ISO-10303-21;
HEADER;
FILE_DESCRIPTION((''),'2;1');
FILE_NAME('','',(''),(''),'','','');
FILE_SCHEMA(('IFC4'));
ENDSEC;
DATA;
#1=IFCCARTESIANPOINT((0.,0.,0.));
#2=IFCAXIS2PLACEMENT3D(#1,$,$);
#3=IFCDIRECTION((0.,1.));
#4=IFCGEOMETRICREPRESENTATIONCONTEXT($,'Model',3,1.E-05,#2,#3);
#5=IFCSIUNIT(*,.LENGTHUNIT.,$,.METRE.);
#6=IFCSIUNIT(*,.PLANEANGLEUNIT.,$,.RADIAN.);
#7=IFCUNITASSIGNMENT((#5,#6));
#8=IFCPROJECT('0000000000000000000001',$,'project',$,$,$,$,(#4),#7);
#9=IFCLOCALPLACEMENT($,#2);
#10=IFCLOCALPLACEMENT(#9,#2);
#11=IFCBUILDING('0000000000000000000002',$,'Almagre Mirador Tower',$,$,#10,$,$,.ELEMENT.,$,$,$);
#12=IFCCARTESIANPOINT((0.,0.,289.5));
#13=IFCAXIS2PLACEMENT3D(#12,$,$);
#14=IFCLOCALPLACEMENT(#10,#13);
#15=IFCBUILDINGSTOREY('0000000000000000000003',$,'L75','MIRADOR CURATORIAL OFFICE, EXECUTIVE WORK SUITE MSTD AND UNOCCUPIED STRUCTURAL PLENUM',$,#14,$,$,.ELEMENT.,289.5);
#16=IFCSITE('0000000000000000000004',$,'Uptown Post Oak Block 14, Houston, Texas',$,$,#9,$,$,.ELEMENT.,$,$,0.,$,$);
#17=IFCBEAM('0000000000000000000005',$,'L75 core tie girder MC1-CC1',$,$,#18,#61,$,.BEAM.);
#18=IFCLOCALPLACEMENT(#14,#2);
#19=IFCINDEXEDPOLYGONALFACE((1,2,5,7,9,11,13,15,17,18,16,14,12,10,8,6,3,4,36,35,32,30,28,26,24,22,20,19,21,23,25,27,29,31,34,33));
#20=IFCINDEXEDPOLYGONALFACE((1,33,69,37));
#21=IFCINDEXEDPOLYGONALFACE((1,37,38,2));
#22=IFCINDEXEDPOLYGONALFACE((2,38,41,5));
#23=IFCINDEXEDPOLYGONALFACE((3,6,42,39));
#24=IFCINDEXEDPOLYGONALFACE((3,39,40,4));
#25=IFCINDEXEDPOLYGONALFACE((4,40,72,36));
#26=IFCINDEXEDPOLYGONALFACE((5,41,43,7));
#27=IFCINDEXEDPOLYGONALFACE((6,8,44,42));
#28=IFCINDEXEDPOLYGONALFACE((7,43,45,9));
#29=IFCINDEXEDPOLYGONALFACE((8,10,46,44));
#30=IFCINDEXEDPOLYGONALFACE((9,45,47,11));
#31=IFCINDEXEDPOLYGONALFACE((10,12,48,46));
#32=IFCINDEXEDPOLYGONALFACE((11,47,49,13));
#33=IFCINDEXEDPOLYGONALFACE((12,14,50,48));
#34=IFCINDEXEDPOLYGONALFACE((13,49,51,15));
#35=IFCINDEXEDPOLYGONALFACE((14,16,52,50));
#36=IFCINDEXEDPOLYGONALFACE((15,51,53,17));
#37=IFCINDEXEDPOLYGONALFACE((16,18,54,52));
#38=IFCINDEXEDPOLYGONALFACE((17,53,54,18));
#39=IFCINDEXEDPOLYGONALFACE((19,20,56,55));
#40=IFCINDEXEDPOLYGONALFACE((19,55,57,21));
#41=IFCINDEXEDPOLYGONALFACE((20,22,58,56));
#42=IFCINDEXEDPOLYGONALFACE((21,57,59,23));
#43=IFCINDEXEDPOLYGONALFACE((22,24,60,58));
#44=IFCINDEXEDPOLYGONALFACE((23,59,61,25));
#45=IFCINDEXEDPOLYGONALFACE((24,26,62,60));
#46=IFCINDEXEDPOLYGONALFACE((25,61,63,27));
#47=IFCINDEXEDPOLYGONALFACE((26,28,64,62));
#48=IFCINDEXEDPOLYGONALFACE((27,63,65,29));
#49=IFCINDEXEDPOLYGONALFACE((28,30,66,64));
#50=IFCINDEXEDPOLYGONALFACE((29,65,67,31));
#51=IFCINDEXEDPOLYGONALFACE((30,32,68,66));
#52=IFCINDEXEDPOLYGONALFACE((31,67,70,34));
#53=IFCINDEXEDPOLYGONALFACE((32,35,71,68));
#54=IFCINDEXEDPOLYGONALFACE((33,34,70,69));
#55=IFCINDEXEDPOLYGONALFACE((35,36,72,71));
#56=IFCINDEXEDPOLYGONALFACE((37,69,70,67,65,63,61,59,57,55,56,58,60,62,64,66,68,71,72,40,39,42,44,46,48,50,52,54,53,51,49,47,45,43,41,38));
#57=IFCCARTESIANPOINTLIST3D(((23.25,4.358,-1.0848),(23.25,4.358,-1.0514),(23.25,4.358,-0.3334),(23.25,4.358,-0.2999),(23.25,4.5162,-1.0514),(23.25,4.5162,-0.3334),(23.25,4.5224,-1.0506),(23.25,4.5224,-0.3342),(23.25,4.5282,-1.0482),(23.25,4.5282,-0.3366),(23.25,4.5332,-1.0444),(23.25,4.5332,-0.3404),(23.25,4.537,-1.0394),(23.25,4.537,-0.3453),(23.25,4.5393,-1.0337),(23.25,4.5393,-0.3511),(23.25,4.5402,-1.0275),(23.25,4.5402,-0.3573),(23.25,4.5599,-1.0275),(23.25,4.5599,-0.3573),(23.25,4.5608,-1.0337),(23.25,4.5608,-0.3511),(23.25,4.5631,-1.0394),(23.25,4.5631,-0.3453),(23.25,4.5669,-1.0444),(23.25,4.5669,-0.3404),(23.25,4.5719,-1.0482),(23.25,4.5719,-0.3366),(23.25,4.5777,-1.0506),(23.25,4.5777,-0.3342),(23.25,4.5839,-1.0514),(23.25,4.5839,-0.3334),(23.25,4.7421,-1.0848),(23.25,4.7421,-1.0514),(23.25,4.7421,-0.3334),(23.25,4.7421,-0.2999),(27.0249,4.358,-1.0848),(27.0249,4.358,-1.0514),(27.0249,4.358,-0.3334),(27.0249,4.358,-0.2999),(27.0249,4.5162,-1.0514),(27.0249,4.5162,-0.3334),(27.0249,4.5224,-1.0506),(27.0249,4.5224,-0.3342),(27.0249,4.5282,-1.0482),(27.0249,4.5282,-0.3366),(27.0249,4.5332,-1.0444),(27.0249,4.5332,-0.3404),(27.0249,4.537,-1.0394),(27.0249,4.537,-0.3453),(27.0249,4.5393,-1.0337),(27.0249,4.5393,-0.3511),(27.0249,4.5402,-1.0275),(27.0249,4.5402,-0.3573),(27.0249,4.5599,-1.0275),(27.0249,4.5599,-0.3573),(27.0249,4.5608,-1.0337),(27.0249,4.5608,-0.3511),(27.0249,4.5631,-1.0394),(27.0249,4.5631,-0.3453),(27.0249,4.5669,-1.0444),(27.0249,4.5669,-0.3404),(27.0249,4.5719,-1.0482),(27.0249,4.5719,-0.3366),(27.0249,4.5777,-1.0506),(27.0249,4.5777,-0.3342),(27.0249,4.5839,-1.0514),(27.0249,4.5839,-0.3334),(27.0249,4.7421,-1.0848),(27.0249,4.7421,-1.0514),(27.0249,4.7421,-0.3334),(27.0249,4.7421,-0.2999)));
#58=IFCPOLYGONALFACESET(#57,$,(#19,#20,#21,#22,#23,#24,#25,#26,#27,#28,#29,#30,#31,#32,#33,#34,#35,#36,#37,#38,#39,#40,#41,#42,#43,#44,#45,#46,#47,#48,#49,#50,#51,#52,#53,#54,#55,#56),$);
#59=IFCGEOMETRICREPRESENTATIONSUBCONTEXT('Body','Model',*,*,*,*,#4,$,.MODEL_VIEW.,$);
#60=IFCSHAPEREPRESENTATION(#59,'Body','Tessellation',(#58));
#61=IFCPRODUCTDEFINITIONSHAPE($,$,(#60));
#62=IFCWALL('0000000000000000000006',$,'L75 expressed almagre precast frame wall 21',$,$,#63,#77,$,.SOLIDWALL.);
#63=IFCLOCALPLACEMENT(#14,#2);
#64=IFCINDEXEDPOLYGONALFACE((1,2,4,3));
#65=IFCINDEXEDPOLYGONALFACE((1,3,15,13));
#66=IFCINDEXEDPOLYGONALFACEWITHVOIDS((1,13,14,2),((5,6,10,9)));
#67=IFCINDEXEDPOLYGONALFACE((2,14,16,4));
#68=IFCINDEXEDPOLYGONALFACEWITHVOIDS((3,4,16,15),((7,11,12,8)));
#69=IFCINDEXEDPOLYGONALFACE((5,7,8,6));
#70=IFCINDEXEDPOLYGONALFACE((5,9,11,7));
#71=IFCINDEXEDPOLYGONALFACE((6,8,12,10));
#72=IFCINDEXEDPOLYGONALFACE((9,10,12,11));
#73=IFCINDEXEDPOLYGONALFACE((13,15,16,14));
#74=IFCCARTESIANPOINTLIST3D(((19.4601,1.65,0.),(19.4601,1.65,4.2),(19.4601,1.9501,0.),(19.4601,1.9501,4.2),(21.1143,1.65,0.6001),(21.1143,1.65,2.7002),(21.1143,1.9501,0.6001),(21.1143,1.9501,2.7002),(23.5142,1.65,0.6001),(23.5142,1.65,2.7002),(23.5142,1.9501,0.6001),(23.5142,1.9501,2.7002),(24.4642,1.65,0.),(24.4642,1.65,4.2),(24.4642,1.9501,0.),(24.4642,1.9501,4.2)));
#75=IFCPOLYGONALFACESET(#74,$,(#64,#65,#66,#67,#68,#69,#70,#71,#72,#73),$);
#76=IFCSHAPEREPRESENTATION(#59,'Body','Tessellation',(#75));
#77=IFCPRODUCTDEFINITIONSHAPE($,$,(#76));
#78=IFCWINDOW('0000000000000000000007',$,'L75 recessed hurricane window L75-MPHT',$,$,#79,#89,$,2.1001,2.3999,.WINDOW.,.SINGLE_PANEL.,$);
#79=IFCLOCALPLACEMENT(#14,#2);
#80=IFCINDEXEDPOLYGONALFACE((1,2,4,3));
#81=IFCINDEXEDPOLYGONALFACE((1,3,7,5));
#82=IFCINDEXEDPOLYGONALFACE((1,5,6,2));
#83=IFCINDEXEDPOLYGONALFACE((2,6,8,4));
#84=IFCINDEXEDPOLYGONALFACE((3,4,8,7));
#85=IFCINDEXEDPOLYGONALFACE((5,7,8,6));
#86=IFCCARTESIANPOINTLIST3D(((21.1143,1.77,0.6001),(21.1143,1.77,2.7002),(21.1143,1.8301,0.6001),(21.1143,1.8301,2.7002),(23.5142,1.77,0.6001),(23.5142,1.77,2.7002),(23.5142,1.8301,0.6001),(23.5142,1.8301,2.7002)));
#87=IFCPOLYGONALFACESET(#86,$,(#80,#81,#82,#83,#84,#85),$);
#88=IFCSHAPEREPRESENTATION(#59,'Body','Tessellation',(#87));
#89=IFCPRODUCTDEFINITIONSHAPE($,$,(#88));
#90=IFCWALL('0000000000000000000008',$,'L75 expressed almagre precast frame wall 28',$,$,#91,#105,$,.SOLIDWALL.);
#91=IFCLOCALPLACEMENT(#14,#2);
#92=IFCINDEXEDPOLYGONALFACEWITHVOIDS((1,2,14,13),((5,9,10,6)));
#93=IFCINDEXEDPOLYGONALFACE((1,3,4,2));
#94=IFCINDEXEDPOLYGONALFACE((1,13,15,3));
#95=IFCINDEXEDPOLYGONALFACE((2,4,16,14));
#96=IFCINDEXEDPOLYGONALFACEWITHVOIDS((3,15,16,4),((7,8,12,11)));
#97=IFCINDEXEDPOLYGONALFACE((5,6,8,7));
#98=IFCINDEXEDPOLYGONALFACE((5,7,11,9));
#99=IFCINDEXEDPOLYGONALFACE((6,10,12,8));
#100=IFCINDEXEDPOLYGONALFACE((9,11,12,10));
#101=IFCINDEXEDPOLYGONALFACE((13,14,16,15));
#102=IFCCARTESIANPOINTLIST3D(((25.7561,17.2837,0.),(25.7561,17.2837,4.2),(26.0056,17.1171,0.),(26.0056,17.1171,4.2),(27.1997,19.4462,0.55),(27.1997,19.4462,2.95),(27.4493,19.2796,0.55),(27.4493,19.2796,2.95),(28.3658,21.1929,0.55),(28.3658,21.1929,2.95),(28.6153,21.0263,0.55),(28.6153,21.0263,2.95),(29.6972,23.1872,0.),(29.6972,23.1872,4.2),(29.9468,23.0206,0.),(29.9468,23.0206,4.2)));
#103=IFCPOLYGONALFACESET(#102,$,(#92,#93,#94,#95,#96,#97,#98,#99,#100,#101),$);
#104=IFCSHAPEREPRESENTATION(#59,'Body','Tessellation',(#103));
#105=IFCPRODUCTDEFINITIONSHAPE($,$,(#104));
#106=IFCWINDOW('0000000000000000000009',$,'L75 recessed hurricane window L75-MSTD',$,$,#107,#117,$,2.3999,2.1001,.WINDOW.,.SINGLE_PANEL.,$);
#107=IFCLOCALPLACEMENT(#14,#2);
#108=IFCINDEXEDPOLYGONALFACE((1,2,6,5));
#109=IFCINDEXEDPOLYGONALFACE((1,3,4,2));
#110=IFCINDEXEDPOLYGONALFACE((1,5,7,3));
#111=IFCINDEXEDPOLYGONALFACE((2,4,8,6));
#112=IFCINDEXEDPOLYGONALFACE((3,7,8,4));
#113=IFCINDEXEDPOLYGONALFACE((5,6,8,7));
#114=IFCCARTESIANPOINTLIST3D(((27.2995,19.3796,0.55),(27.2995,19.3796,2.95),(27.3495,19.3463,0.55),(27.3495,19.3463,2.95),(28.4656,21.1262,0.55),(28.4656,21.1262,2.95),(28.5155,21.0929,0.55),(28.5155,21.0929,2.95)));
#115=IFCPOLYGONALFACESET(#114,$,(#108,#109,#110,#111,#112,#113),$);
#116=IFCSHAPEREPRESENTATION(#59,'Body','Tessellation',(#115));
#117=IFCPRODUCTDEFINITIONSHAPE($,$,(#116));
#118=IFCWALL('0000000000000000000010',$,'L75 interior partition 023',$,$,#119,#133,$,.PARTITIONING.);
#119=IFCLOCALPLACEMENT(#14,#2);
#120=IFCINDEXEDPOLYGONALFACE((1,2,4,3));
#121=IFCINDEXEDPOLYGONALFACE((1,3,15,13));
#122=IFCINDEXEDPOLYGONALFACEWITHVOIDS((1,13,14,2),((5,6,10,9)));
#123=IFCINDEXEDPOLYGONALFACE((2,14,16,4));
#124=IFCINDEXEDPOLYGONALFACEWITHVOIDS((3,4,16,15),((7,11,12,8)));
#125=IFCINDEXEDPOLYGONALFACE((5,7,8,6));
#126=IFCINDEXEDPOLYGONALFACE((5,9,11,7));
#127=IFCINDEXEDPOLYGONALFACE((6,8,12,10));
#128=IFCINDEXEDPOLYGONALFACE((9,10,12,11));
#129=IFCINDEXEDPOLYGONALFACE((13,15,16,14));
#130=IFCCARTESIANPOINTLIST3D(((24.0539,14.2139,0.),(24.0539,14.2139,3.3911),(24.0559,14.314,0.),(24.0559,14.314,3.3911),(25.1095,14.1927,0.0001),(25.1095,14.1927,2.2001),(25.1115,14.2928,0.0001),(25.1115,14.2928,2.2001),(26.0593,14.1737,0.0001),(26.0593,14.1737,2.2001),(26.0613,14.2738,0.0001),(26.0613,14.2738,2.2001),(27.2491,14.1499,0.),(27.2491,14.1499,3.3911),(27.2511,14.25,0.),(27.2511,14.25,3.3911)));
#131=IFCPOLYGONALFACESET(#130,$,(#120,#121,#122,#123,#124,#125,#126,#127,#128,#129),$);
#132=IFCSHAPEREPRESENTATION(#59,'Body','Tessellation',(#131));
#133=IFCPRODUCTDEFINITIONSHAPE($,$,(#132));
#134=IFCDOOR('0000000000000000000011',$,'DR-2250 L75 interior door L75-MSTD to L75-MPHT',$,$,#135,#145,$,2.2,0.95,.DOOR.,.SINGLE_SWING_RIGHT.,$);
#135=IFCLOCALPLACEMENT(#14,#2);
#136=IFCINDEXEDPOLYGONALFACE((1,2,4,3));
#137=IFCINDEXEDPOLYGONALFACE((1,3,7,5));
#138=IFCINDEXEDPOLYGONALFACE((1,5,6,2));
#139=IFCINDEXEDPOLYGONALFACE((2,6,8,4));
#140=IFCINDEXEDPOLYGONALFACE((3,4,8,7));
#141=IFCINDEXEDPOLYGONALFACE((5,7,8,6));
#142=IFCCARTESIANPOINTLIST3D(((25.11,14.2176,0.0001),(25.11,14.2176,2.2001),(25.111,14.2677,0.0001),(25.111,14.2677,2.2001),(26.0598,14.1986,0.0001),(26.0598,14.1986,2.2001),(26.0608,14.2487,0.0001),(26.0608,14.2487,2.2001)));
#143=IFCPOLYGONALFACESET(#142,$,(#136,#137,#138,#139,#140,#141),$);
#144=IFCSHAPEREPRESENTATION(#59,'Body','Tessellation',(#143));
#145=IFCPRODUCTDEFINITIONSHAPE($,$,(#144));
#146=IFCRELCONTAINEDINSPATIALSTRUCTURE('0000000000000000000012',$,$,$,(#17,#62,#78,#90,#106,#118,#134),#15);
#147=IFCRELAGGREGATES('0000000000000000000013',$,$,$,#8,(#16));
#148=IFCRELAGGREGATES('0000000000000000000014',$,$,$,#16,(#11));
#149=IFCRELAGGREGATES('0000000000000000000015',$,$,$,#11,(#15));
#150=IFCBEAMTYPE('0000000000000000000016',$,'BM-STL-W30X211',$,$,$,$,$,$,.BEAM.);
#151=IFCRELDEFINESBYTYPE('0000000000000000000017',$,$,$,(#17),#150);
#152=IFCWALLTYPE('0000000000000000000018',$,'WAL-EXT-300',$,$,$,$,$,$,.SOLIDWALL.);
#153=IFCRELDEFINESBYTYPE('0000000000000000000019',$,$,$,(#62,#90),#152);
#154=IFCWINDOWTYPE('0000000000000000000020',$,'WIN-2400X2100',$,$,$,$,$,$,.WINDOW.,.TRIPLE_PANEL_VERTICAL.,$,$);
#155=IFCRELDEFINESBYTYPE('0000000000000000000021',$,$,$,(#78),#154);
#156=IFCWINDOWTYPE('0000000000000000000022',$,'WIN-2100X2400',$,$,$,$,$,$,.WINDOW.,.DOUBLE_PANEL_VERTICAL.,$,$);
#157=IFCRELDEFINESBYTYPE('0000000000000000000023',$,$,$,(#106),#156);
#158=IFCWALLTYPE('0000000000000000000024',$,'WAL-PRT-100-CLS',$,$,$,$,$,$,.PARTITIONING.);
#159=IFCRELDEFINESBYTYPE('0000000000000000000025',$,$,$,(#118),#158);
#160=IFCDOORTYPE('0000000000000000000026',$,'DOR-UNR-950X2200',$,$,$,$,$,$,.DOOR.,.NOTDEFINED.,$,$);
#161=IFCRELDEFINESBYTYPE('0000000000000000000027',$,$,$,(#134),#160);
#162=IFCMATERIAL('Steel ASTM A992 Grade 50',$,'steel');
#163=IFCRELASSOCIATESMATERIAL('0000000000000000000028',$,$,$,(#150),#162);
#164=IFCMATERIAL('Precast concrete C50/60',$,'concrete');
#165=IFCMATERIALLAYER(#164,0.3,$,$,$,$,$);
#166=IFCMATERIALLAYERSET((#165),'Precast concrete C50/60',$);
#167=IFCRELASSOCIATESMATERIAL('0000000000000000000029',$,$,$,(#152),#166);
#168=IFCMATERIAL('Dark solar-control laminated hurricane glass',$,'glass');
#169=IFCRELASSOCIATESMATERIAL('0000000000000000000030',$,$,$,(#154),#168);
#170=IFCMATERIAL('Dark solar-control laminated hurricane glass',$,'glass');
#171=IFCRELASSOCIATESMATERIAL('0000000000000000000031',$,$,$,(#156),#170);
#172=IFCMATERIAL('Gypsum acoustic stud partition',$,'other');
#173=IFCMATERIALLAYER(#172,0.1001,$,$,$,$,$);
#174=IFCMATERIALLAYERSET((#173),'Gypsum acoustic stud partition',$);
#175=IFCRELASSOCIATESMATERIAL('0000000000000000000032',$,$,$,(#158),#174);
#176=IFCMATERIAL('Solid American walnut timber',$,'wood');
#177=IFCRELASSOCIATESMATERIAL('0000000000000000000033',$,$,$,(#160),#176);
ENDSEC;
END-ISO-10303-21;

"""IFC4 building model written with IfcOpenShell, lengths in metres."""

from ifc_helpers import new_model, si_unit, direction, frame, frame_2d, origin, origin_2d, place, context, subcontext, project, spatial, rectangle, i_section, extrude, material, layer, layer_set, material_profile, profile_set, type_object, element, fill, save


model = new_model("IFC4")

# Units and contexts
model_context = context("Model", 3, precision=1e-05, world=origin(), true_north=direction((0.0, 1.0)))
body_context = subcontext(model_context, "Body", "Model", "MODEL_VIEW")
ifc_project = project(units=[si_unit("LENGTHUNIT", "METRE"), si_unit("PLANEANGLEUNIT", "RADIAN")], contexts=[model_context])

# Site, building, storey
site_placement = place(None, origin())
site = spatial("IfcSite", under=ifc_project, at=site_placement, Name="Uptown Post Oak Block 14, Houston, Texas", CompositionType="ELEMENT", RefElevation=0.0)
building_placement = place(site_placement, origin())
building = spatial("IfcBuilding", under=site, at=building_placement, Name="Almagre Mirador Tower", CompositionType="ELEMENT")
storey_placement = place(building_placement, frame((0.0, 0.0, 289.5)))
storey = spatial("IfcBuildingStorey", under=building, at=storey_placement, Name="L75", Description="MIRADOR CURATORIAL OFFICE, EXECUTIVE WORK SUITE MSTD AND UNOCCUPIED STRUCTURAL PLENUM", CompositionType="ELEMENT", Elevation=289.5)

# Beam
ifc_material_1 = material(Name="Steel ASTM A992 Grade 50", Category="steel")
ifc_material_profile_1 = material_profile(ifc_material_1, i_section(OverallWidth=0.384, OverallDepth=0.7849, WebThickness=0.0198, FlangeThickness=0.0334, FilletRadius=0.0239, at=origin_2d()), Name="W30X211")
ifc_profile_set_1 = profile_set([ifc_material_profile_1], Name="Steel ASTM A992 Grade 50")
beam_type_1 = type_object("IfcBeamType", Name="BM-STL-W30X211", PredefinedType="BEAM", material=ifc_profile_set_1)
beam_1_placement = place(storey_placement, frame((23.25, 4.55, -0.6924), z_axis=(1.0, 0.0, 0.0), x_axis=(0.0, 1.0, 0.0)))
element("IfcBeam", 1, at=beam_1_placement, inside=storey, type_object=beam_type_1, Name="L75 core tie girder MC1-CC1", PredefinedType="BEAM", context=body_context, shape_type="SweptSolid", body=[
    extrude(i_section(OverallWidth=0.384, OverallDepth=0.7849, WebThickness=0.0198, FlangeThickness=0.0334, FilletRadius=0.0239, at=origin_2d()), origin(), (0.0, 0.0, 1.0), 3.7749),
])

# Walls, openings, windows
ifc_material_2 = material(Name="Precast concrete C50/60", Category="concrete")
ifc_layer_1 = layer(ifc_material_2, 0.3)
ifc_layer_set_1 = layer_set([ifc_layer_1], Name="Precast concrete C50/60")
wall_type_1 = type_object("IfcWallType", Name="WAL-EXT-300", PredefinedType="SOLIDWALL", material=ifc_layer_set_1)
wall_1_placement = place(storey_placement, frame((24.4641, 1.8, 0.0), z_axis=(0.0, 0.0, 1.0), x_axis=(-1.0, 0.0, 0.0)))
wall_1 = element("IfcWall", 2, at=wall_1_placement, inside=storey, type_object=wall_type_1, Name="L75 expressed almagre precast frame wall 21", PredefinedType="SOLIDWALL", context=body_context, shape_type="SweptSolid", body=[
    extrude(rectangle(XDim=5.0042, YDim=0.3, at=frame_2d((2.502, 0.0))), origin(), (0.0, 0.0, 1.0), 4.2),
])
opening_1_placement = place(wall_1_placement, frame((0.95, 0.0, 0.6001)))
opening_1 = element("IfcOpeningElement", 3, at=opening_1_placement, cuts=wall_1, PredefinedType="OPENING", context=body_context, shape_type="SweptSolid", body=[
    extrude(rectangle(XDim=2.3999, YDim=2.1001, at=frame_2d((1.2, 1.05))), frame((0.0, 0.1599, 0.0), z_axis=(0.0, -1.0, 0.0), x_axis=(1.0, 0.0, 0.0)), (0.0, 0.0, 1.0), 0.32),
])
ifc_material_3 = material(Name="Dark solar-control laminated hurricane glass", Category="glass")
window_type_1 = type_object("IfcWindowType", Name="WIN-2400X2100", PartitioningType="TRIPLE_PANEL_VERTICAL", PredefinedType="WINDOW", material=ifc_material_3)
window_1_placement = place(opening_1_placement, origin())
window_1 = element("IfcWindow", 4, at=window_1_placement, inside=storey, type_object=window_type_1, Name="L75 recessed hurricane window L75-MPHT", OverallHeight=2.1001, OverallWidth=2.3999, PartitioningType="SINGLE_PANEL", PredefinedType="WINDOW", context=body_context, shape_type="SweptSolid", body=[
    extrude(rectangle(XDim=2.3999, YDim=2.1001, at=frame_2d((1.2, 1.05))), frame((0.0, 0.03, 0.0), z_axis=(0.0, -1.0, 0.0), x_axis=(1.0, 0.0, 0.0)), (0.0, 0.0, 1.0), 0.0601),
])
fill(opening_1, window_1)
wall_2_placement = place(storey_placement, frame((25.8809, 17.2004, 0.0), z_axis=(0.0, 0.0, 1.0), x_axis=(0.555232, 0.831696, 0.0)))
wall_2 = element("IfcWall", 5, at=wall_2_placement, inside=storey, type_object=wall_type_1, Name="L75 expressed almagre precast frame wall 28", PredefinedType="SOLIDWALL", context=body_context, shape_type="SweptSolid", body=[
    extrude(rectangle(XDim=7.0981, YDim=0.3, at=frame_2d((3.5491, 0.0))), origin(), (0.0, 0.0, 1.0), 4.2),
])
opening_2_placement = place(wall_2_placement, frame((2.6001, 0.0, 0.55)))
opening_2 = element("IfcOpeningElement", 6, at=opening_2_placement, cuts=wall_2, PredefinedType="OPENING", context=body_context, shape_type="SweptSolid", body=[
    extrude(rectangle(XDim=2.1001, YDim=2.3999, at=frame_2d((1.05, 1.2))), frame((0.0, 0.1599, 0.0), z_axis=(0.0, -1.0, 0.0), x_axis=(1.0, 0.0, 0.0)), (0.0, 0.0, 1.0), 0.32),
])
ifc_material_4 = material(Name="Dark solar-control laminated hurricane glass", Category="glass")
window_type_2 = type_object("IfcWindowType", Name="WIN-2100X2400", PartitioningType="DOUBLE_PANEL_VERTICAL", PredefinedType="WINDOW", material=ifc_material_4)
window_2_placement = place(opening_2_placement, origin())
window_2 = element("IfcWindow", 7, at=window_2_placement, inside=storey, type_object=window_type_2, Name="L75 recessed hurricane window L75-MSTD", OverallHeight=2.3999, OverallWidth=2.1001, PartitioningType="SINGLE_PANEL", PredefinedType="WINDOW", context=body_context, shape_type="SweptSolid", body=[
    extrude(rectangle(XDim=2.1001, YDim=2.3999, at=frame_2d((1.05, 1.2))), frame((0.0, 0.03, 0.0), z_axis=(0.0, -1.0, 0.0), x_axis=(1.0, 0.0, 0.0)), (0.0, 0.0, 1.0), 0.0601),
])
fill(opening_2, window_2)

# Wall, opening, door
ifc_material_5 = material(Name="Gypsum acoustic stud partition", Category="other")
ifc_layer_2 = layer(ifc_material_5, 0.1001)
ifc_layer_set_2 = layer_set([ifc_layer_2], Name="Gypsum acoustic stud partition")
wall_type_2 = type_object("IfcWallType", Name="WAL-PRT-100-CLS", PredefinedType="PARTITIONING", material=ifc_layer_set_2)
wall_3_placement = place(storey_placement, frame((24.0549, 14.2639, 0.0), z_axis=(0.0, 0.0, 1.0), x_axis=(0.9998, -0.020016, 0.0)))
wall_3 = element("IfcWall", 8, at=wall_3_placement, inside=storey, type_object=wall_type_2, Name="L75 interior partition 023", PredefinedType="PARTITIONING", context=body_context, shape_type="SweptSolid", body=[
    extrude(rectangle(XDim=3.1958, YDim=0.1001, at=frame_2d((1.5979, 0.0))), origin(), (0.0, 0.0, 1.0), 3.3911),
])
opening_3_placement = place(wall_3_placement, frame((1.0557, 0.0, 0.0)))
opening_3 = element("IfcOpeningElement", 9, at=opening_3_placement, cuts=wall_3, PredefinedType="OPENING", context=body_context, shape_type="SweptSolid", body=[
    extrude(rectangle(XDim=0.95, YDim=2.2, at=frame_2d((0.4751, 1.1001))), frame((0.0, 0.06, 0.0), z_axis=(0.0, -1.0, 0.0), x_axis=(1.0, 0.0, 0.0)), (0.0, 0.0, 1.0), 0.1201),
])
ifc_material_6 = material(Name="Solid American walnut timber", Category="wood")
door_type_1 = type_object("IfcDoorType", Name="DOR-UNR-950X2200", OperationType="NOTDEFINED", PredefinedType="DOOR", material=ifc_material_6)
door_1_placement = place(opening_3_placement, origin())
door_1 = element("IfcDoor", 10, at=door_1_placement, inside=storey, type_object=door_type_1, Name="DR-2250 L75 interior door L75-MSTD to L75-MPHT", OperationType="SINGLE_SWING_RIGHT", OverallHeight=2.2, OverallWidth=0.95, PredefinedType="DOOR", context=body_context, shape_type="SweptSolid", body=[
    extrude(rectangle(XDim=0.95, YDim=2.2, at=frame_2d((0.4751, 1.1001))), frame((0.0, 0.0249, 0.0), z_axis=(0.0, -1.0, 0.0), x_axis=(1.0, 0.0, 0.0)), (0.0, 0.0, 1.0), 0.05),
])
fill(opening_3, door_1)

save(model, "model.ifc")
